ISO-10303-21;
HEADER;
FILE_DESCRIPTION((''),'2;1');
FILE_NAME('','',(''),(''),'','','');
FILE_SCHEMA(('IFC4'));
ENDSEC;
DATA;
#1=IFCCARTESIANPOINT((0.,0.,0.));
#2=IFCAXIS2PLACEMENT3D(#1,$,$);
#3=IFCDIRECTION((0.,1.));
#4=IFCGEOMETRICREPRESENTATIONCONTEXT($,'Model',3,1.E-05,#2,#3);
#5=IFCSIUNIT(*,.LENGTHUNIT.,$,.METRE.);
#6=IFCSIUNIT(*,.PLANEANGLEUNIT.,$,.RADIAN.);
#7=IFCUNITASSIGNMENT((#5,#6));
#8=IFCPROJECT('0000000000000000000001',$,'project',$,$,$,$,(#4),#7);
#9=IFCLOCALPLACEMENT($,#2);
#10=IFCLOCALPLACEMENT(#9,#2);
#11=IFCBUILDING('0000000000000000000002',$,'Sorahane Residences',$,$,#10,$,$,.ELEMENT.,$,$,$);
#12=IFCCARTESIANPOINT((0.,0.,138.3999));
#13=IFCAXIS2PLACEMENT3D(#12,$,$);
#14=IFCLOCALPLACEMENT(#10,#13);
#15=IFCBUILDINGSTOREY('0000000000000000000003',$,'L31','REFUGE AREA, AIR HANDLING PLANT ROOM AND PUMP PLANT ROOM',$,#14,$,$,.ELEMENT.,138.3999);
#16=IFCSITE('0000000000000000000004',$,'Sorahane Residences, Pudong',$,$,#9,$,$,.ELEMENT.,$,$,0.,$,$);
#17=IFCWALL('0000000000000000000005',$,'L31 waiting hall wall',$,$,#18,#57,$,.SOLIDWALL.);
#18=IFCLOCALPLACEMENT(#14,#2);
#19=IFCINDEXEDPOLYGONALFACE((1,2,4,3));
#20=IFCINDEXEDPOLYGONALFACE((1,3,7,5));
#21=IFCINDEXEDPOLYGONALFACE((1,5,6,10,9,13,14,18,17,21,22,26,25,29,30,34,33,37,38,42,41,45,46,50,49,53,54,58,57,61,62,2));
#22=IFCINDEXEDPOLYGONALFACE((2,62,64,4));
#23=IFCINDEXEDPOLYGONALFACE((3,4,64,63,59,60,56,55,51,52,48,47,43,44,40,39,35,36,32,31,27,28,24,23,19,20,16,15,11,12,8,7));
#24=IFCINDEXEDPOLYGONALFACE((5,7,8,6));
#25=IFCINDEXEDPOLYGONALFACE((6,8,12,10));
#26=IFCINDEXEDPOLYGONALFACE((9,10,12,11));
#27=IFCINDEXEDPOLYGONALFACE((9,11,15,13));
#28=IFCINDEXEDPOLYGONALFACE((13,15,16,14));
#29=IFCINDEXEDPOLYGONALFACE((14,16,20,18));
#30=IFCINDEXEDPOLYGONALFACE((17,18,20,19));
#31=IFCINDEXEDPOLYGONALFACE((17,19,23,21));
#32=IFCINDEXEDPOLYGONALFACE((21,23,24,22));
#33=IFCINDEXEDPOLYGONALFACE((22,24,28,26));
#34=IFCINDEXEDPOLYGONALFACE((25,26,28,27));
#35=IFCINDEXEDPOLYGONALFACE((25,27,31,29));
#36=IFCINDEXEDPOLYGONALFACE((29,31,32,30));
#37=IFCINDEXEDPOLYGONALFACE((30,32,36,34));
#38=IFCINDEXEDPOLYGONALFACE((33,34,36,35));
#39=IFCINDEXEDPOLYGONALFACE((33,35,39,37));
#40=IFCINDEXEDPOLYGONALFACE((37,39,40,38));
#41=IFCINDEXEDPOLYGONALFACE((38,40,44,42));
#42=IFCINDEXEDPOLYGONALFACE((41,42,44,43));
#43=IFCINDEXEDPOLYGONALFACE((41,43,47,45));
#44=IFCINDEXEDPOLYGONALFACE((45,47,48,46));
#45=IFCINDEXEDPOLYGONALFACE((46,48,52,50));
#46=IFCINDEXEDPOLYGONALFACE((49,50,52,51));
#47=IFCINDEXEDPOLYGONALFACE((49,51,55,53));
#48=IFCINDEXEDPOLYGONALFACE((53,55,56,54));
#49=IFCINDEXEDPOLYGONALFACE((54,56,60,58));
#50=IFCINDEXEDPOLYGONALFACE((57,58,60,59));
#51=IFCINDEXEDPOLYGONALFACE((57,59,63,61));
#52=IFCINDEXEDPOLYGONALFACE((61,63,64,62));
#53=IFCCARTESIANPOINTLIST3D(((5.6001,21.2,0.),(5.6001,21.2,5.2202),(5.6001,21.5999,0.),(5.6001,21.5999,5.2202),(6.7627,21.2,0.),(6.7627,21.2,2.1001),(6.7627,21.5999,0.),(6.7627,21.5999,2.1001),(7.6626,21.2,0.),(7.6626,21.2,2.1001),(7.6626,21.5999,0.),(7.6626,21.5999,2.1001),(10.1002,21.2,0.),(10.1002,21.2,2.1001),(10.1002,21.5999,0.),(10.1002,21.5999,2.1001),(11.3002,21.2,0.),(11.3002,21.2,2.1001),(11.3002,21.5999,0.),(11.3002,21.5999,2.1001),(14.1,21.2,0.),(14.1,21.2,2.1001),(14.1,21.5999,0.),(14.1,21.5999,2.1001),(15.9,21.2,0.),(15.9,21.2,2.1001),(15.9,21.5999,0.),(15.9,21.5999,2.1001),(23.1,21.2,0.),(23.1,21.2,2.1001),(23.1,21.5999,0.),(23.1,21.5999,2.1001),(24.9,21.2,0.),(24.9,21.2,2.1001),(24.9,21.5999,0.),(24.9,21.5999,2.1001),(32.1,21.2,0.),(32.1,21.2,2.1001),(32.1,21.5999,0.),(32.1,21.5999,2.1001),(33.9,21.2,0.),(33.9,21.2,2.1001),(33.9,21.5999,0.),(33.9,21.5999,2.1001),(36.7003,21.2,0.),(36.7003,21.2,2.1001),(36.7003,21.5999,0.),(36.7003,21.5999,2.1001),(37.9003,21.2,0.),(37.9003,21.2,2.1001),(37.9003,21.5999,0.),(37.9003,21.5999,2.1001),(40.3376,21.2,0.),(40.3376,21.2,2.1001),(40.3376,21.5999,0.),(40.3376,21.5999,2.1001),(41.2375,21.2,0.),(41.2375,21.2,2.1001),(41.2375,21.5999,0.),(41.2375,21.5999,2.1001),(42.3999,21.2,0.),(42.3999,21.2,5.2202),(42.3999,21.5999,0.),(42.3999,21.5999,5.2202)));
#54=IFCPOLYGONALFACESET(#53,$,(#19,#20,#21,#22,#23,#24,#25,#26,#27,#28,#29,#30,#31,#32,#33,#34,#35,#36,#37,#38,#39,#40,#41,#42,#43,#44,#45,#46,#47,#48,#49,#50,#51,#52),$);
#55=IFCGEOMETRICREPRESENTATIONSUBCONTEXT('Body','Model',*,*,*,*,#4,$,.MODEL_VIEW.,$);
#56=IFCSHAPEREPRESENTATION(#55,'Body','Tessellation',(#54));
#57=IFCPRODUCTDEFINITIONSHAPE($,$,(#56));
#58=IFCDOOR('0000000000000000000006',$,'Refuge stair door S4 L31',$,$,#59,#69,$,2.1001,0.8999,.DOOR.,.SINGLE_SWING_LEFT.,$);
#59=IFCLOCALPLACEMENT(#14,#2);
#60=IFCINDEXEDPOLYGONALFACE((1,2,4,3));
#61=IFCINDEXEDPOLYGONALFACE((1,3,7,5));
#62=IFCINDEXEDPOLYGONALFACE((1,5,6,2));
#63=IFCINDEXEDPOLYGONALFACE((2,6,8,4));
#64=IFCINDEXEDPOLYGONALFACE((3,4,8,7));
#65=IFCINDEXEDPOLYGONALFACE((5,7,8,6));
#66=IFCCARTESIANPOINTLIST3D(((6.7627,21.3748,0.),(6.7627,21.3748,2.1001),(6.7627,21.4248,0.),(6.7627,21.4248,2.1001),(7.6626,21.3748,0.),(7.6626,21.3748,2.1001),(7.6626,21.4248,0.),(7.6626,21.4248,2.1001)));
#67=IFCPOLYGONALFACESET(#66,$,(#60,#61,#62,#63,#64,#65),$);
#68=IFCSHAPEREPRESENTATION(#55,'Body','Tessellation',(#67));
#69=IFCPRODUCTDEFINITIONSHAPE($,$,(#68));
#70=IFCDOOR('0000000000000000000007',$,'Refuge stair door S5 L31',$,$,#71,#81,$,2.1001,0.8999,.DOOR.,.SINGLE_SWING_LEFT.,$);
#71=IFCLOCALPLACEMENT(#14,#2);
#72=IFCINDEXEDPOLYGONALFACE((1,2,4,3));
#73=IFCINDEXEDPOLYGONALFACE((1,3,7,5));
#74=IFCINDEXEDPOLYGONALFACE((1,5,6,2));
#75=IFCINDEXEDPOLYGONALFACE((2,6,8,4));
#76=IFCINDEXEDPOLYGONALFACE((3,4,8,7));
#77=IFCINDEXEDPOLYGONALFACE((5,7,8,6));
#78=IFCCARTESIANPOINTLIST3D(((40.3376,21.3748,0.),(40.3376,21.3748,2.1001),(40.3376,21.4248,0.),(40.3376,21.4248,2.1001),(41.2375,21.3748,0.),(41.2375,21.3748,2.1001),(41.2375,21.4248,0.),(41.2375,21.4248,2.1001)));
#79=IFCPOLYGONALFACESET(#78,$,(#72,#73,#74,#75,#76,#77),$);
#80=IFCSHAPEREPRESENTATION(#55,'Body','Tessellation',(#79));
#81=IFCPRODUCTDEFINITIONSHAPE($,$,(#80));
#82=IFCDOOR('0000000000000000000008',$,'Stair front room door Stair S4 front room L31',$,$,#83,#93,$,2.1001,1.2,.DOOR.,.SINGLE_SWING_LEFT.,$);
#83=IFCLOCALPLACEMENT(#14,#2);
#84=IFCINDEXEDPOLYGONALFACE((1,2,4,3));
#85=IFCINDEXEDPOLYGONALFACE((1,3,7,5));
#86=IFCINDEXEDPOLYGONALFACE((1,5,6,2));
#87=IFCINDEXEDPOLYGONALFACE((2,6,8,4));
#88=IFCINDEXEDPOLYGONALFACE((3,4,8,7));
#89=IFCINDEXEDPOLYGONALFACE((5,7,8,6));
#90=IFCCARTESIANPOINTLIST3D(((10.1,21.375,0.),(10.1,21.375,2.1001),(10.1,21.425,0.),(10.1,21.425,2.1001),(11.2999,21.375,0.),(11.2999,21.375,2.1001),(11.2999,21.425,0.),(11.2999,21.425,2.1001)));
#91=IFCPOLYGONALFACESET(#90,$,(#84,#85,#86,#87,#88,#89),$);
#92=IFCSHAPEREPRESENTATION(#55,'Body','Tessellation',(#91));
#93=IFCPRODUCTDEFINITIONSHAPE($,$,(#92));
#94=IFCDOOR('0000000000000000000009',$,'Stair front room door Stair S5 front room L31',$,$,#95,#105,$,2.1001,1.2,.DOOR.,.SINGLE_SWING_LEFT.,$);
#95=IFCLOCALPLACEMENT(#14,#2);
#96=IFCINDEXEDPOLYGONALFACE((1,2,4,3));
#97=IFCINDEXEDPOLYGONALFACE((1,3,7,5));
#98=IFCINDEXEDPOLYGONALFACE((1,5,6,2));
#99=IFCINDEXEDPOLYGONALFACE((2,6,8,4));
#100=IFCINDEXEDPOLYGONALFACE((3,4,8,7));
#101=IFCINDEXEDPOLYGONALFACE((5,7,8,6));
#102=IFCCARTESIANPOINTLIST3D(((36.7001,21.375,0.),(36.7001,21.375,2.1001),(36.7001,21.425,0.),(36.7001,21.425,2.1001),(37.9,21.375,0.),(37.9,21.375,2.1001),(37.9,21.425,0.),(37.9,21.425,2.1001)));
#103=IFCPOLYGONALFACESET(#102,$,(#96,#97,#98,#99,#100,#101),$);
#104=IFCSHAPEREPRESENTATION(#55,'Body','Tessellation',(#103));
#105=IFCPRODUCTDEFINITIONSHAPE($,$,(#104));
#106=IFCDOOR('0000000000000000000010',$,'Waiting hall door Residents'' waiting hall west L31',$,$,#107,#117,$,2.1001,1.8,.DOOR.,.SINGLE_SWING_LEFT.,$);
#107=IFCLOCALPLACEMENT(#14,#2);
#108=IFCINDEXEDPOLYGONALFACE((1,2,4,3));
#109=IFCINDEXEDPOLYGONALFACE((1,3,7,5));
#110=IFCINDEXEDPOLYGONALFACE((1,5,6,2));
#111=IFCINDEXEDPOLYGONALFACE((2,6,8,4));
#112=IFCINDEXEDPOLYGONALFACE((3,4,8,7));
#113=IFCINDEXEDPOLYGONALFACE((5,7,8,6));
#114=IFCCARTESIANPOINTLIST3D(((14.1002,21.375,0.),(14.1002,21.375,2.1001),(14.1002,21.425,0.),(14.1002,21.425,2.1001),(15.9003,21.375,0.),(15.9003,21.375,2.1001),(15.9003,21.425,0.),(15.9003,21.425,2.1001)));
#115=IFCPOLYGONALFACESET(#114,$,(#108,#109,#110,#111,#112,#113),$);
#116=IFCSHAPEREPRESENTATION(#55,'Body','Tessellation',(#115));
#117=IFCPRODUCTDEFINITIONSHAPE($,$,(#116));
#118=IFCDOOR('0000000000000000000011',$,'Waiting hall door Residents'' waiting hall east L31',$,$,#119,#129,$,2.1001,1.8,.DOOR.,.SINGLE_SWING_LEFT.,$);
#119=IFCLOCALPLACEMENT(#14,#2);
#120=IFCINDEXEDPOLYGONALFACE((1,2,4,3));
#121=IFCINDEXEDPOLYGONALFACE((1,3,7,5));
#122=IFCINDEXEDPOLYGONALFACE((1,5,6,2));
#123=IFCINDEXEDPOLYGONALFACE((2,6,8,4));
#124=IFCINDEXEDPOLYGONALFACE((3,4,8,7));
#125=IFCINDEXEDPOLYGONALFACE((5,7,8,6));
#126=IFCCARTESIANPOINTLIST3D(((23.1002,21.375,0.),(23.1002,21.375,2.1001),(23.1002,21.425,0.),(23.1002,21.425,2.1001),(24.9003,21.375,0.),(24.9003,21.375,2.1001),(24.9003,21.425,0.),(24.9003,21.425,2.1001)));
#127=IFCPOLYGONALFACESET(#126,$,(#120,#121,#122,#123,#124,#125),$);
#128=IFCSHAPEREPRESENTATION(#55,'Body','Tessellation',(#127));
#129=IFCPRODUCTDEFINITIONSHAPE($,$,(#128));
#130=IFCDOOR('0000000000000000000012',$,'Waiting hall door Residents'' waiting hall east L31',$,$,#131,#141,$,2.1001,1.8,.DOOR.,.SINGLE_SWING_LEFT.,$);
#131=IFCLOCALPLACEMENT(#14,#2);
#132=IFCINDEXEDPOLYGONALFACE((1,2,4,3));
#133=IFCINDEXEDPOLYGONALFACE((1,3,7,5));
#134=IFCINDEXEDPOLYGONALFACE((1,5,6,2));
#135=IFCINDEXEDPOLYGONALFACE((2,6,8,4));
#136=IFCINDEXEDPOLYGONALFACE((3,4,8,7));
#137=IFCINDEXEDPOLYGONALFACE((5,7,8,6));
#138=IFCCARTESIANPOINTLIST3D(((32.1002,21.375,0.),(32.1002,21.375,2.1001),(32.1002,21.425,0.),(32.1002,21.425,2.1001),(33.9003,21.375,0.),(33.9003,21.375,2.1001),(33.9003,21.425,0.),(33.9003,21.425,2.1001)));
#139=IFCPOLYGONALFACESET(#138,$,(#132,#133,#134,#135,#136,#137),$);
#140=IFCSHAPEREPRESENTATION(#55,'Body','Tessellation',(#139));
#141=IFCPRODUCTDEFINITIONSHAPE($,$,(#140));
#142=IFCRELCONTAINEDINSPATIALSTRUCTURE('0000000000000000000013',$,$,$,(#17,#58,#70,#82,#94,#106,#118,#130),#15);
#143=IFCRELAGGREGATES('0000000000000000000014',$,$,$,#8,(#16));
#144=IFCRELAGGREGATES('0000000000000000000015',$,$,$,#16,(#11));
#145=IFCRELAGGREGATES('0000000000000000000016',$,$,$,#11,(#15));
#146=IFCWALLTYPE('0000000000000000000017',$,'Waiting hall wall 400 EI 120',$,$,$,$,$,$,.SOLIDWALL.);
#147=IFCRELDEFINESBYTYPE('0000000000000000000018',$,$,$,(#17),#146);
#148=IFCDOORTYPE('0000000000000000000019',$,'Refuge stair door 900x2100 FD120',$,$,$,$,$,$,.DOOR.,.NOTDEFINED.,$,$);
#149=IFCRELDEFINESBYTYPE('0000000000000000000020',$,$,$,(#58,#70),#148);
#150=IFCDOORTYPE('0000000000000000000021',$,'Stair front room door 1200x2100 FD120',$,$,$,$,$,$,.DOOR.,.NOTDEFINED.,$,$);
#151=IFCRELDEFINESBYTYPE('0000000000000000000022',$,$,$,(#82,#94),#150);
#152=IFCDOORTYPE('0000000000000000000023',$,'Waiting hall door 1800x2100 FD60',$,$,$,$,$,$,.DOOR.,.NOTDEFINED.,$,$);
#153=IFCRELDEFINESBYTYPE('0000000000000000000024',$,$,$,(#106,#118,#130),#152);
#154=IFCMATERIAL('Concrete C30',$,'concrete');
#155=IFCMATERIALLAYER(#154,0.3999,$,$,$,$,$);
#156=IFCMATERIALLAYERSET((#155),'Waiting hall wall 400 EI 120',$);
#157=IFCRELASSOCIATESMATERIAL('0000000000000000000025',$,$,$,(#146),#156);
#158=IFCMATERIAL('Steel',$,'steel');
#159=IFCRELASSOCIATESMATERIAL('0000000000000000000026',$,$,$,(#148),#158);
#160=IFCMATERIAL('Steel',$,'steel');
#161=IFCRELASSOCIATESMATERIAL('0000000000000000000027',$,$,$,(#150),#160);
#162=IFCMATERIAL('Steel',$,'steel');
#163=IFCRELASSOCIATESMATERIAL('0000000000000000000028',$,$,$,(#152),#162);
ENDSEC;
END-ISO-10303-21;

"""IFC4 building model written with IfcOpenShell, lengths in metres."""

from ifc_helpers import new_model, si_unit, direction, frame, frame_2d, origin, place, context, subcontext, project, spatial, rectangle, extrude, material, layer, layer_set, type_object, element, fill, save


model = new_model("IFC4")

# Units and contexts
model_context = context("Model", 3, precision=1e-05, world=origin(), true_north=direction((0.0, 1.0)))
body_context = subcontext(model_context, "Body", "Model", "MODEL_VIEW")
ifc_project = project(units=[si_unit("LENGTHUNIT", "METRE"), si_unit("PLANEANGLEUNIT", "RADIAN")], contexts=[model_context])

# Site, building, storey
site_placement = place(None, origin())
site = spatial("IfcSite", under=ifc_project, at=site_placement, Name="Sorahane Residences, Pudong", CompositionType="ELEMENT", RefElevation=0.0)
building_placement = place(site_placement, origin())
building = spatial("IfcBuilding", under=site, at=building_placement, Name="Sorahane Residences", CompositionType="ELEMENT")
storey_placement = place(building_placement, frame((0.0, 0.0, 138.3999)))
storey = spatial("IfcBuildingStorey", under=building, at=storey_placement, Name="L31", Description="REFUGE AREA, AIR HANDLING PLANT ROOM AND PUMP PLANT ROOM", CompositionType="ELEMENT", Elevation=138.3999)

# Wall, openings, doors
ifc_material_1 = material(Name="Concrete C30", Category="concrete")
ifc_layer_1 = layer(ifc_material_1, 0.3999)
ifc_layer_set_1 = layer_set([ifc_layer_1], Name="Waiting hall wall 400 EI 120")
wall_type_1 = type_object("IfcWallType", Name="Waiting hall wall 400 EI 120", PredefinedType="SOLIDWALL", material=ifc_layer_set_1)
wall_1_placement = place(storey_placement, frame((5.6001, 21.3999, 0.0), z_axis=(0.0, 0.0, 1.0), x_axis=(1.0, 0.0, 0.0)))
wall_1 = element("IfcWall", 1, at=wall_1_placement, inside=storey, type_object=wall_type_1, Name="L31 waiting hall wall", PredefinedType="SOLIDWALL", context=body_context, shape_type="SweptSolid", body=[
    extrude(rectangle(XDim=36.7998, YDim=0.3999, at=frame_2d((18.3999, 0.0))), origin(), (0.0, 0.0, 1.0), 5.2202),
])
opening_1_placement = place(wall_1_placement, frame((8.5, 0.0, 0.0)))
opening_1 = element("IfcOpeningElement", 2, at=opening_1_placement, cuts=wall_1, PredefinedType="OPENING", context=body_context, shape_type="SweptSolid", body=[
    extrude(rectangle(XDim=1.8, YDim=2.1001, at=frame_2d((0.8999, 1.05))), frame((0.0, 0.21, 0.0), z_axis=(0.0, -1.0, 0.0), x_axis=(1.0, 0.0, 0.0)), (0.0, 0.0, 1.0), 0.4199),
])
opening_2_placement = place(wall_1_placement, frame((17.5, 0.0, 0.0)))
opening_2 = element("IfcOpeningElement", 3, at=opening_2_placement, cuts=wall_1, PredefinedType="OPENING", context=body_context, shape_type="SweptSolid", body=[
    extrude(rectangle(XDim=1.8, YDim=2.1001, at=frame_2d((0.8999, 1.05))), frame((0.0, 0.21, 0.0), z_axis=(0.0, -1.0, 0.0), x_axis=(1.0, 0.0, 0.0)), (0.0, 0.0, 1.0), 0.4199),
])
opening_3_placement = place(wall_1_placement, frame((26.5, 0.0, 0.0)))
opening_3 = element("IfcOpeningElement", 4, at=opening_3_placement, cuts=wall_1, PredefinedType="OPENING", context=body_context, shape_type="SweptSolid", body=[
    extrude(rectangle(XDim=1.8, YDim=2.1001, at=frame_2d((0.8999, 1.05))), frame((0.0, 0.21, 0.0), z_axis=(0.0, -1.0, 0.0), x_axis=(1.0, 0.0, 0.0)), (0.0, 0.0, 1.0), 0.4199),
])
opening_4_placement = place(wall_1_placement, frame((4.5, 0.0, 0.0)))
opening_4 = element("IfcOpeningElement", 5, at=opening_4_placement, cuts=wall_1, PredefinedType="OPENING", context=body_context, shape_type="SweptSolid", body=[
    extrude(rectangle(XDim=1.2, YDim=2.1001, at=frame_2d((0.6001, 1.05))), frame((0.0, 0.21, 0.0), z_axis=(0.0, -1.0, 0.0), x_axis=(1.0, 0.0, 0.0)), (0.0, 0.0, 1.0), 0.4199),
])
opening_5_placement = place(wall_1_placement, frame((31.1001, 0.0, 0.0)))
opening_5 = element("IfcOpeningElement", 6, at=opening_5_placement, cuts=wall_1, PredefinedType="OPENING", context=body_context, shape_type="SweptSolid", body=[
    extrude(rectangle(XDim=1.2, YDim=2.1001, at=frame_2d((0.6001, 1.05))), frame((0.0, 0.21, 0.0), z_axis=(0.0, -1.0, 0.0), x_axis=(1.0, 0.0, 0.0)), (0.0, 0.0, 1.0), 0.4199),
])
opening_6_placement = place(wall_1_placement, frame((1.1626, 0.0, 0.0)))
opening_6 = element("IfcOpeningElement", 7, at=opening_6_placement, cuts=wall_1, PredefinedType="OPENING", context=body_context, shape_type="SweptSolid", body=[
    extrude(rectangle(XDim=0.8999, YDim=2.1001, at=frame_2d((0.45, 1.05))), frame((0.0, 0.21, 0.0), z_axis=(0.0, -1.0, 0.0), x_axis=(1.0, 0.0, 0.0)), (0.0, 0.0, 1.0), 0.4199),
])
opening_7_placement = place(wall_1_placement, frame((34.7375, 0.0, 0.0)))
opening_7 = element("IfcOpeningElement", 8, at=opening_7_placement, cuts=wall_1, PredefinedType="OPENING", context=body_context, shape_type="SweptSolid", body=[
    extrude(rectangle(XDim=0.8999, YDim=2.1001, at=frame_2d((0.45, 1.05))), frame((0.0, 0.21, 0.0), z_axis=(0.0, -1.0, 0.0), x_axis=(1.0, 0.0, 0.0)), (0.0, 0.0, 1.0), 0.4199),
])
ifc_material_2 = material(Name="Steel", Category="steel")
door_type_1 = type_object("IfcDoorType", Name="Refuge stair door 900x2100 FD120", OperationType="NOTDEFINED", PredefinedType="DOOR", material=ifc_material_2)
door_1_placement = place(opening_6_placement, origin())
door_1 = element("IfcDoor", 9, at=door_1_placement, inside=storey, type_object=door_type_1, Name="Refuge stair door S4 L31", OperationType="SINGLE_SWING_LEFT", OverallHeight=2.1001, OverallWidth=0.8999, PredefinedType="DOOR", context=body_context, shape_type="SweptSolid", body=[
    extrude(rectangle(XDim=0.8999, YDim=2.1001, at=frame_2d((0.45, 1.05))), frame((0.0, 0.0249, 0.0), z_axis=(0.0, -1.0, 0.0), x_axis=(1.0, 0.0, 0.0)), (0.0, 0.0, 1.0), 0.05),
])
fill(opening_6, door_1)
door_2_placement = place(opening_7_placement, origin())
door_2 = element("IfcDoor", 10, at=door_2_placement, inside=storey, type_object=door_type_1, Name="Refuge stair door S5 L31", OperationType="SINGLE_SWING_LEFT", OverallHeight=2.1001, OverallWidth=0.8999, PredefinedType="DOOR", context=body_context, shape_type="SweptSolid", body=[
    extrude(rectangle(XDim=0.8999, YDim=2.1001, at=frame_2d((0.45, 1.05))), frame((0.0, 0.0249, 0.0), z_axis=(0.0, -1.0, 0.0), x_axis=(1.0, 0.0, 0.0)), (0.0, 0.0, 1.0), 0.05),
])
fill(opening_7, door_2)
ifc_material_3 = material(Name="Steel", Category="steel")
door_type_2 = type_object("IfcDoorType", Name="Stair front room door 1200x2100 FD120", OperationType="NOTDEFINED", PredefinedType="DOOR", material=ifc_material_3)
door_3_placement = place(opening_4_placement, frame((1.2, 0.0, 0.0), z_axis=(0.0, 0.0, 1.0), x_axis=(-1.0, 0.0, 0.0)))
door_3 = element("IfcDoor", 11, at=door_3_placement, inside=storey, type_object=door_type_2, Name="Stair front room door Stair S4 front room L31", OperationType="SINGLE_SWING_LEFT", OverallHeight=2.1001, OverallWidth=1.2, PredefinedType="DOOR", context=body_context, shape_type="SweptSolid", body=[
    extrude(rectangle(XDim=1.2, YDim=2.1001, at=frame_2d((0.6001, 1.05))), frame((0.0, 0.0249, 0.0), z_axis=(0.0, -1.0, 0.0), x_axis=(1.0, 0.0, 0.0)), (0.0, 0.0, 1.0), 0.05),
])
fill(opening_4, door_3)
door_4_placement = place(opening_5_placement, frame((1.2, 0.0, 0.0), z_axis=(0.0, 0.0, 1.0), x_axis=(-1.0, 0.0, 0.0)))
door_4 = element("IfcDoor", 12, at=door_4_placement, inside=storey, type_object=door_type_2, Name="Stair front room door Stair S5 front room L31", OperationType="SINGLE_SWING_LEFT", OverallHeight=2.1001, OverallWidth=1.2, PredefinedType="DOOR", context=body_context, shape_type="SweptSolid", body=[
    extrude(rectangle(XDim=1.2, YDim=2.1001, at=frame_2d((0.6001, 1.05))), frame((0.0, 0.0249, 0.0), z_axis=(0.0, -1.0, 0.0), x_axis=(1.0, 0.0, 0.0)), (0.0, 0.0, 1.0), 0.05),
])
fill(opening_5, door_4)
ifc_material_4 = material(Name="Steel", Category="steel")
door_type_3 = type_object("IfcDoorType", Name="Waiting hall door 1800x2100 FD60", OperationType="NOTDEFINED", PredefinedType="DOOR", material=ifc_material_4)
door_5_placement = place(opening_1_placement, frame((1.8, 0.0, 0.0), z_axis=(0.0, 0.0, 1.0), x_axis=(-1.0, 0.0, 0.0)))
door_5 = element("IfcDoor", 13, at=door_5_placement, inside=storey, type_object=door_type_3, Name="Waiting hall door Residents' waiting hall west L31", OperationType="SINGLE_SWING_LEFT", OverallHeight=2.1001, OverallWidth=1.8, PredefinedType="DOOR", context=body_context, shape_type="SweptSolid", body=[
    extrude(rectangle(XDim=1.8, YDim=2.1001, at=frame_2d((0.8999, 1.05))), frame((0.0, 0.0249, 0.0), z_axis=(0.0, -1.0, 0.0), x_axis=(1.0, 0.0, 0.0)), (0.0, 0.0, 1.0), 0.05),
])
fill(opening_1, door_5)
door_6_placement = place(opening_2_placement, frame((1.8, 0.0, 0.0), z_axis=(0.0, 0.0, 1.0), x_axis=(-1.0, 0.0, 0.0)))
door_6 = element("IfcDoor", 14, at=door_6_placement, inside=storey, type_object=door_type_3, Name="Waiting hall door Residents' waiting hall east L31", OperationType="SINGLE_SWING_LEFT", OverallHeight=2.1001, OverallWidth=1.8, PredefinedType="DOOR", context=body_context, shape_type="SweptSolid", body=[
    extrude(rectangle(XDim=1.8, YDim=2.1001, at=frame_2d((0.8999, 1.05))), frame((0.0, 0.0249, 0.0), z_axis=(0.0, -1.0, 0.0), x_axis=(1.0, 0.0, 0.0)), (0.0, 0.0, 1.0), 0.05),
])
fill(opening_2, door_6)
door_7_placement = place(opening_3_placement, frame((1.8, 0.0, 0.0), z_axis=(0.0, 0.0, 1.0), x_axis=(-1.0, 0.0, 0.0)))
door_7 = element("IfcDoor", 15, at=door_7_placement, inside=storey, type_object=door_type_3, Name="Waiting hall door Residents' waiting hall east L31", OperationType="SINGLE_SWING_LEFT", OverallHeight=2.1001, OverallWidth=1.8, PredefinedType="DOOR", context=body_context, shape_type="SweptSolid", body=[
    extrude(rectangle(XDim=1.8, YDim=2.1001, at=frame_2d((0.8999, 1.05))), frame((0.0, 0.0249, 0.0), z_axis=(0.0, -1.0, 0.0), x_axis=(1.0, 0.0, 0.0)), (0.0, 0.0, 1.0), 0.05),
])
fill(opening_3, door_7)

save(model, "model.ifc")
